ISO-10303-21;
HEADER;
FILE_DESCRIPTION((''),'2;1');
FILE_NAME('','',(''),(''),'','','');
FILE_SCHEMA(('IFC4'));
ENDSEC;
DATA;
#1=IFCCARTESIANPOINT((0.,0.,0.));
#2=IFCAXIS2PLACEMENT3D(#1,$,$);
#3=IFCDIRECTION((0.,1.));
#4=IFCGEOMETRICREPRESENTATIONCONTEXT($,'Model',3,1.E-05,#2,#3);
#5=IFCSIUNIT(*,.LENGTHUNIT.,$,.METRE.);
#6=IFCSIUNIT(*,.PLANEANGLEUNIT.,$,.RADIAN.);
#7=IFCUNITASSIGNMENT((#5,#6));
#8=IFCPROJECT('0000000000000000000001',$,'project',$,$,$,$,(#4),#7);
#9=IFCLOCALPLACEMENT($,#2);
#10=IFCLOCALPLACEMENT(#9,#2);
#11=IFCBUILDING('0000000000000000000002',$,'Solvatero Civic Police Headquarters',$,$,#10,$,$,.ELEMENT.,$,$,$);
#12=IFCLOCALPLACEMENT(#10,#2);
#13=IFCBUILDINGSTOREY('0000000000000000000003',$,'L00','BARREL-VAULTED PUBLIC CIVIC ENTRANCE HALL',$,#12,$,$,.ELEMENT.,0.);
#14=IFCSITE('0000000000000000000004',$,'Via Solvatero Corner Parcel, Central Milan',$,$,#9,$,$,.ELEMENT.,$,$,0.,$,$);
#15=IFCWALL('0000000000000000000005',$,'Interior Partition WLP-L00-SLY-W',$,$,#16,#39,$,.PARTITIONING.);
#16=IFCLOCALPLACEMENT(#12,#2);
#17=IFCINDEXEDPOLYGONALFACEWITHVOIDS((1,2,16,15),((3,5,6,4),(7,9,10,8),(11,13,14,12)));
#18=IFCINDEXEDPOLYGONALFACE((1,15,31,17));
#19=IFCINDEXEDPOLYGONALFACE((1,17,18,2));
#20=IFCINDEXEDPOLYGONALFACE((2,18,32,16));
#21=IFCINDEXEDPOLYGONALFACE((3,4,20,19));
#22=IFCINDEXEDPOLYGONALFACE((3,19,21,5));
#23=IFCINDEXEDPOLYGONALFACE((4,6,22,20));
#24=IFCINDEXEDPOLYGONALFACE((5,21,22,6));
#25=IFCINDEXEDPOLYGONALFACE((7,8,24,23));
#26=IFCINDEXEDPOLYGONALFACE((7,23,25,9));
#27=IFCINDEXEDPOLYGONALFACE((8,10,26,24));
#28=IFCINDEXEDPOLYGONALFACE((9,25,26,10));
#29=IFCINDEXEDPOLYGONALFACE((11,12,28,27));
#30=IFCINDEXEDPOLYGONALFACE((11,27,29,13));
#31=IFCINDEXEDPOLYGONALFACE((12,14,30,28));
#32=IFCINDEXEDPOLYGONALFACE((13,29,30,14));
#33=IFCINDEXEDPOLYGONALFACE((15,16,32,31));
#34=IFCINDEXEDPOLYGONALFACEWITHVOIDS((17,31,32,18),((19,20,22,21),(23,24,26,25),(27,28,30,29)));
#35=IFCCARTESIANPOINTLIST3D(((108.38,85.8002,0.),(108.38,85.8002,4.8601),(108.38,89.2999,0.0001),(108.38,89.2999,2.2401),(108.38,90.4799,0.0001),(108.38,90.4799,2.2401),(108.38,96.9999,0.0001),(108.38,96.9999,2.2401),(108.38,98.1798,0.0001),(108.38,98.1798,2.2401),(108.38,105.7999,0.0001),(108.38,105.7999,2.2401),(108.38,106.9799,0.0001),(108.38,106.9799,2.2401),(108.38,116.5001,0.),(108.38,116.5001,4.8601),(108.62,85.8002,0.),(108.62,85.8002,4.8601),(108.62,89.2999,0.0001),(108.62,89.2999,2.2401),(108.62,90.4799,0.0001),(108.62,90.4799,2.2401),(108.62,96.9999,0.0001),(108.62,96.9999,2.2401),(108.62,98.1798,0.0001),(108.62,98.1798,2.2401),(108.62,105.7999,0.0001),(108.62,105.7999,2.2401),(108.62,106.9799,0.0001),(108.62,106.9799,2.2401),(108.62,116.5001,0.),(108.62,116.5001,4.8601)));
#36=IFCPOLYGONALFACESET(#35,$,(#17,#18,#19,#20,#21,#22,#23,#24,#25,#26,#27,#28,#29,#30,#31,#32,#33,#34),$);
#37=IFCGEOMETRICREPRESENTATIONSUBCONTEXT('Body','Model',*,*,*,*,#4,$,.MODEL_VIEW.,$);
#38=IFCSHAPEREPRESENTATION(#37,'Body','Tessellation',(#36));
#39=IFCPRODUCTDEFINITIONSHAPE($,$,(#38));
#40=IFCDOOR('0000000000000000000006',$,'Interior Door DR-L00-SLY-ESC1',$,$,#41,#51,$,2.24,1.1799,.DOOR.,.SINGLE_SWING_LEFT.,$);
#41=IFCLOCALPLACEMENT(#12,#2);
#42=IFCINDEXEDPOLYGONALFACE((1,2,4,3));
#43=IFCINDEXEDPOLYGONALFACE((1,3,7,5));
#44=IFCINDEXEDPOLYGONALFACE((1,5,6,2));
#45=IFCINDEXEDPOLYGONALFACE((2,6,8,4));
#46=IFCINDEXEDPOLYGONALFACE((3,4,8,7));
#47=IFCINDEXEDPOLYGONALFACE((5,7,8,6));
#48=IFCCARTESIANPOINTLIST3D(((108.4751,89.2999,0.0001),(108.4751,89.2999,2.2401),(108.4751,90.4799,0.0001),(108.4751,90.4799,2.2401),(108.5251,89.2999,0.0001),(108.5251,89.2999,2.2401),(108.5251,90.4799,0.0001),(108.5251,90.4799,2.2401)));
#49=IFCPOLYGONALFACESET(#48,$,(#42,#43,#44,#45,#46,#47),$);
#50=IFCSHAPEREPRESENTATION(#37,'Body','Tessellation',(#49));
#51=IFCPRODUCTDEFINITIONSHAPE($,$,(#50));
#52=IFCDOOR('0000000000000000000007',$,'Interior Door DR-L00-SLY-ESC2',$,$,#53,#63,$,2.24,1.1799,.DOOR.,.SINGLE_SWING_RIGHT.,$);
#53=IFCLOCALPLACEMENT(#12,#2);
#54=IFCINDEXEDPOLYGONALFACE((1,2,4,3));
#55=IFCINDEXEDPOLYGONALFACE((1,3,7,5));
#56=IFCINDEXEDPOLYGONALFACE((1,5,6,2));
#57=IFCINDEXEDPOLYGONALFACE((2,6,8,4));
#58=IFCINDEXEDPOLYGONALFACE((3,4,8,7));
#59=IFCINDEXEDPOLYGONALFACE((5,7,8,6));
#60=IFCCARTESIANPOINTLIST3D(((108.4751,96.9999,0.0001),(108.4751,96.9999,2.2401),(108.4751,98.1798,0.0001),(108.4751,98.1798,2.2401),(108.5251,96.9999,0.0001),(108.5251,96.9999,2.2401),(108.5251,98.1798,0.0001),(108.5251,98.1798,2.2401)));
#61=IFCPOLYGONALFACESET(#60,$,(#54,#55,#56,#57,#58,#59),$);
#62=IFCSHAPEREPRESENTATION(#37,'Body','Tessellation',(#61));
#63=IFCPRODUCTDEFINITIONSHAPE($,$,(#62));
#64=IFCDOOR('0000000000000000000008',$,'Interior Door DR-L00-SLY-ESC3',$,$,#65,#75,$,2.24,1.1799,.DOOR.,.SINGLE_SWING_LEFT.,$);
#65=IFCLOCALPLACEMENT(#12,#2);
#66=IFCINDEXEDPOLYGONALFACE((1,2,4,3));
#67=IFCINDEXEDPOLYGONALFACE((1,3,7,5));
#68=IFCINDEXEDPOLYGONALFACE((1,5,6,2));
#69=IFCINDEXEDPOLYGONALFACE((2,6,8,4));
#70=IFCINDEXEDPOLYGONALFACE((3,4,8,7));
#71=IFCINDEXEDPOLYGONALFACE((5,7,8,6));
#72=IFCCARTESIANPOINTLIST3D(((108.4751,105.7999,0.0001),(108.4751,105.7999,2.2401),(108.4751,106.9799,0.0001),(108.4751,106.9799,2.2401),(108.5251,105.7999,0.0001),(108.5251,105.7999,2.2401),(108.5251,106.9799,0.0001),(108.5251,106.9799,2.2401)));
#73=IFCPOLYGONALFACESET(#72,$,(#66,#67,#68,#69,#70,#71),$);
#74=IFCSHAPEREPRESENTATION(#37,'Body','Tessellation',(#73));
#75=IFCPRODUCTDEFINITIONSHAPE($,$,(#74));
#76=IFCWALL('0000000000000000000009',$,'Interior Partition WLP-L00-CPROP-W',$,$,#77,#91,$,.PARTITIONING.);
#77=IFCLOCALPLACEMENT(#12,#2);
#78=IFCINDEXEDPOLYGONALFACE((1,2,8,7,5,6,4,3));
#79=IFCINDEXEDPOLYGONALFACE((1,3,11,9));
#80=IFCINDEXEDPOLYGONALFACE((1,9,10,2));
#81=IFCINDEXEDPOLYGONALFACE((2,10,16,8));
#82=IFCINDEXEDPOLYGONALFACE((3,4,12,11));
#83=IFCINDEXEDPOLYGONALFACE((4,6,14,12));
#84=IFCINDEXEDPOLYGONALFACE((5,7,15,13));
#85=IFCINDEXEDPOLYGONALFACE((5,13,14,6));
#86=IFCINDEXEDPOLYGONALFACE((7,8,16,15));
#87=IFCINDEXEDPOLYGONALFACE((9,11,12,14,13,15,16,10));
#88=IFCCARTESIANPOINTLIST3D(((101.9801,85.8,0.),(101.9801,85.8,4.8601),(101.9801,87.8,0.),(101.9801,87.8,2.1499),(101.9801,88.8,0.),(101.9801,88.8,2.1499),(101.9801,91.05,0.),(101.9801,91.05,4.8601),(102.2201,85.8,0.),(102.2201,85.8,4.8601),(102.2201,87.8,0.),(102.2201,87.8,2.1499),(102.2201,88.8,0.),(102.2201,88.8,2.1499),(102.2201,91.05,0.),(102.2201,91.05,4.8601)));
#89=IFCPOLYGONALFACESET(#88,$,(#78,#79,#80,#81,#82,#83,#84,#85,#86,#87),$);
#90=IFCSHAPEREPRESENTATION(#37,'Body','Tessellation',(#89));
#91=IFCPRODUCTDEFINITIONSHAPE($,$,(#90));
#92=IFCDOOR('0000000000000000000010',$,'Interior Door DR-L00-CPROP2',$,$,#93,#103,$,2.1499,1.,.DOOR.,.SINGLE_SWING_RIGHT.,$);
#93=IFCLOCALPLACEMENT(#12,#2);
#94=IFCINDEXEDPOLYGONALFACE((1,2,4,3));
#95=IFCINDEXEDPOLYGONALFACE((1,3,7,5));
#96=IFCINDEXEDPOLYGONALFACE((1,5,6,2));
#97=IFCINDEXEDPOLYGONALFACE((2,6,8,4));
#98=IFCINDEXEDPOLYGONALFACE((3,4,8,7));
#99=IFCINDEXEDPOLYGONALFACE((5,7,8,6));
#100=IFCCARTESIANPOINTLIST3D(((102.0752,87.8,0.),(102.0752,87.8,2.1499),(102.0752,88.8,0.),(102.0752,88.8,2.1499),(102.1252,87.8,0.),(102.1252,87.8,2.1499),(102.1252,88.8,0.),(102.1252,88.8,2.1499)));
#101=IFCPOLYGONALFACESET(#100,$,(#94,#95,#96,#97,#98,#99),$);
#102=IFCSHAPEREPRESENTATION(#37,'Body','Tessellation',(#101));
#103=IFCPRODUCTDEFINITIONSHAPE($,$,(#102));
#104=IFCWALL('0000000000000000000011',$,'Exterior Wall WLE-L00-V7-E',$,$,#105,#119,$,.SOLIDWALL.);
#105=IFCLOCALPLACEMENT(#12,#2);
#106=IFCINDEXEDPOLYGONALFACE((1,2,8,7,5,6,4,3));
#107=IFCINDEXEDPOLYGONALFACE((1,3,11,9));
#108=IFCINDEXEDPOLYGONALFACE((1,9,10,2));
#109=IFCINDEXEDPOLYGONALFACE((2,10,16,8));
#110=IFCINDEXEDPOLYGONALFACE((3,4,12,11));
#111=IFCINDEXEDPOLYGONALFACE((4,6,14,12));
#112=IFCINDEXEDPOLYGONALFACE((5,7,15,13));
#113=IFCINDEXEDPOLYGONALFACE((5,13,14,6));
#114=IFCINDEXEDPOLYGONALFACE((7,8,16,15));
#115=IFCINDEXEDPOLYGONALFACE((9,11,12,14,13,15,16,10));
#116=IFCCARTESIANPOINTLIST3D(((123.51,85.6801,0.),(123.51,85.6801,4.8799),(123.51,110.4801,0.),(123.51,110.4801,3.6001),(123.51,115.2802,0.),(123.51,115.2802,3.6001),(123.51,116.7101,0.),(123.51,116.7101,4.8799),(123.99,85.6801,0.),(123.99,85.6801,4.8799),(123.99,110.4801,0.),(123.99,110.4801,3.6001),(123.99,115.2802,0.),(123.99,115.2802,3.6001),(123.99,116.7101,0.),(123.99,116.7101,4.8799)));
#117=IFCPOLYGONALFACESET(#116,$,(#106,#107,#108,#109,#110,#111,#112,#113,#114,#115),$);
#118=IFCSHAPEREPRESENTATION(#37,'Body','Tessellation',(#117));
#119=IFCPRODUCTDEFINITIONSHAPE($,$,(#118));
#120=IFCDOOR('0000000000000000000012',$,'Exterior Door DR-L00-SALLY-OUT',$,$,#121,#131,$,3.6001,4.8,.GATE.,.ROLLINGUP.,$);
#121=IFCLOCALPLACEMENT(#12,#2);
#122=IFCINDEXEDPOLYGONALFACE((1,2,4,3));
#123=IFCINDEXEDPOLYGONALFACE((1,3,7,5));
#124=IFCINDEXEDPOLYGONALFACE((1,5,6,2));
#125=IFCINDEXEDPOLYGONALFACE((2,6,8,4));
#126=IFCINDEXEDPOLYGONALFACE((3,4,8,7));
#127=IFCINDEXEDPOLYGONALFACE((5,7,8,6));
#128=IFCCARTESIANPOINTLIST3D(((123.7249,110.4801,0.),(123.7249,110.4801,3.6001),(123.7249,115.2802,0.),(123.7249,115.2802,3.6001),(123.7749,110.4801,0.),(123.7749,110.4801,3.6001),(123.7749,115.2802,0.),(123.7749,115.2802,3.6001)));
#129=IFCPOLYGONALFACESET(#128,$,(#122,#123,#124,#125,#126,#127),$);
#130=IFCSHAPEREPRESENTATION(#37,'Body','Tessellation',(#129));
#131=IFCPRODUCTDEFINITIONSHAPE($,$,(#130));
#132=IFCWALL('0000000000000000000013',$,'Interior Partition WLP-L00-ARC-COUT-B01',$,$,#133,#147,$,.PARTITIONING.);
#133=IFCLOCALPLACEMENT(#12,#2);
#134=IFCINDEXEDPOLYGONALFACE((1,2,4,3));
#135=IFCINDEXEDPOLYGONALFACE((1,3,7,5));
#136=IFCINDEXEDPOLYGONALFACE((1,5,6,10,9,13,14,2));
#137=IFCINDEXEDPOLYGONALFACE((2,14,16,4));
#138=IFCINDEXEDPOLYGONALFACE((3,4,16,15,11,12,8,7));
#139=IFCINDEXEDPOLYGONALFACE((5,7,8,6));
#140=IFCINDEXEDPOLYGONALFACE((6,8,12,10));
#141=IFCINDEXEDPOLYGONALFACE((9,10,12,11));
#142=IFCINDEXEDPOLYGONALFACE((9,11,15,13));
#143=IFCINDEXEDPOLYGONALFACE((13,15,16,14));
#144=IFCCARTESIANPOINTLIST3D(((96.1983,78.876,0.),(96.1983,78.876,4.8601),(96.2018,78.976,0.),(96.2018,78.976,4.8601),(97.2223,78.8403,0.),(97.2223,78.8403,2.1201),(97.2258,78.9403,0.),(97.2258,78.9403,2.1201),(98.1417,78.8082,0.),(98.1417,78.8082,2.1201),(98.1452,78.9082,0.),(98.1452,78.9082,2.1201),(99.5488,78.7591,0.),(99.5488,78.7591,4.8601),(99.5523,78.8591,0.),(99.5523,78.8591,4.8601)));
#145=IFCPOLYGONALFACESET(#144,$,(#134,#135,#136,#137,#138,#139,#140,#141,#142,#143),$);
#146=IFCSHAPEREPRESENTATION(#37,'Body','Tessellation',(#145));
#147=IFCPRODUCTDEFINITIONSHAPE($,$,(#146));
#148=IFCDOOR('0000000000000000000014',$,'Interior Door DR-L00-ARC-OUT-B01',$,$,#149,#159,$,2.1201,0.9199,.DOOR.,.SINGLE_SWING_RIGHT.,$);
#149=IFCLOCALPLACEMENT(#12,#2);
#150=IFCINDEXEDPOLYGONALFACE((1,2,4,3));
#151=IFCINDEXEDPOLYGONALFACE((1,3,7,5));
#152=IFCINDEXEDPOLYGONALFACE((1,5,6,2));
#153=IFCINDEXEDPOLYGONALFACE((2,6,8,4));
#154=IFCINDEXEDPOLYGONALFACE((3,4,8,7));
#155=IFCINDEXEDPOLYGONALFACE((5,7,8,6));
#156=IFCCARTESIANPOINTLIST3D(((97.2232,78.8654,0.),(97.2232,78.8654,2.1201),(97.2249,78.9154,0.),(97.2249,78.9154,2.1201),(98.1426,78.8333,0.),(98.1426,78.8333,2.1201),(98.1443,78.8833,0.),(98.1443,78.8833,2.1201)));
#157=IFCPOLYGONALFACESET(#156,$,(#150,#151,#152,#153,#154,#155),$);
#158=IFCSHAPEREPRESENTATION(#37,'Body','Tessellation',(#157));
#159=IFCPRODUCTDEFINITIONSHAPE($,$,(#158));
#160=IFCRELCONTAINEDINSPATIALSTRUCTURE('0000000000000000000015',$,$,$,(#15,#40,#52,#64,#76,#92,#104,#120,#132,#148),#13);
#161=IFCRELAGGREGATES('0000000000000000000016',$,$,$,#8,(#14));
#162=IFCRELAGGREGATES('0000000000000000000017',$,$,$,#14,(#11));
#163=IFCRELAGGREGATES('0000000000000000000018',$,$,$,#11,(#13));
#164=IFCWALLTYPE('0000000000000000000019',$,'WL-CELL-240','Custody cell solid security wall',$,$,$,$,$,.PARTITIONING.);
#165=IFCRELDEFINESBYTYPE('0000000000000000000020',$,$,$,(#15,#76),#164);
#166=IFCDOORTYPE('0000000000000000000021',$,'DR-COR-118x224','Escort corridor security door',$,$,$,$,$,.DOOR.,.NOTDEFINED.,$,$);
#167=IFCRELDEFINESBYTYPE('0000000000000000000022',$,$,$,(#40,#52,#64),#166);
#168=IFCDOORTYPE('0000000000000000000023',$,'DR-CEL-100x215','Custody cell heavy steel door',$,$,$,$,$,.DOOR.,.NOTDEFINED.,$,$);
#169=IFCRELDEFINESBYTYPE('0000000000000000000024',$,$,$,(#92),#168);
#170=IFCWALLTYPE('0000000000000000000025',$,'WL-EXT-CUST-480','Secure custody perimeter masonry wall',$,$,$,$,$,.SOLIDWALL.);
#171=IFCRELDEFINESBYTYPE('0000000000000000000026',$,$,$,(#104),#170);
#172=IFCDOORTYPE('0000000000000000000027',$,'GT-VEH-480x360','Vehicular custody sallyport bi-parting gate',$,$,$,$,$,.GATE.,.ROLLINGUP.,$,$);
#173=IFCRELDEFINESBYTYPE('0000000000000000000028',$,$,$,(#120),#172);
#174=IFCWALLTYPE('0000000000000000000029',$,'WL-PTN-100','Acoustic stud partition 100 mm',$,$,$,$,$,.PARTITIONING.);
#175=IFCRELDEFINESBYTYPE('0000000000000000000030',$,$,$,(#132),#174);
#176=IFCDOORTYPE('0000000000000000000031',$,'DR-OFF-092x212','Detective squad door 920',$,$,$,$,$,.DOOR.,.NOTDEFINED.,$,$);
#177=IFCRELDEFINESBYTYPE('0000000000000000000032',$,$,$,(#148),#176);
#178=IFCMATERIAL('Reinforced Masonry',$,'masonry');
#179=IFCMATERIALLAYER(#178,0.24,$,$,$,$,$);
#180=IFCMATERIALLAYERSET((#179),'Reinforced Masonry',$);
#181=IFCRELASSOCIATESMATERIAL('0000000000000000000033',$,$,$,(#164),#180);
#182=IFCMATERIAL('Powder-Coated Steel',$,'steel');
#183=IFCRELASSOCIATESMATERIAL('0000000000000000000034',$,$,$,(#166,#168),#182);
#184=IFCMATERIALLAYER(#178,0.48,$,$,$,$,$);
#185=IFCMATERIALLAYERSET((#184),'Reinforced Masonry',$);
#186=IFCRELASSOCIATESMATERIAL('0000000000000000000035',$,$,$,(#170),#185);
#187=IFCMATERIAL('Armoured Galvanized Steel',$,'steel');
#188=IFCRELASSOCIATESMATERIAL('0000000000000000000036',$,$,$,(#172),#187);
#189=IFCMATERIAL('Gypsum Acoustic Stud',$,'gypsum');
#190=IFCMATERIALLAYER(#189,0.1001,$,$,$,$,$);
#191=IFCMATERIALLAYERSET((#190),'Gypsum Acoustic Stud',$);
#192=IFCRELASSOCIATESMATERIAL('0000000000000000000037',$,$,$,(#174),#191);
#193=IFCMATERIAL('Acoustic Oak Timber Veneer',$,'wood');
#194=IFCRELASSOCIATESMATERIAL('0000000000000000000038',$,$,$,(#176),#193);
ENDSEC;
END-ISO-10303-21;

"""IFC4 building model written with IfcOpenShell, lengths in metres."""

from ifc_helpers import new_model, si_unit, direction, frame, frame_2d, origin, place, context, subcontext, project, spatial, rectangle, extrude, material, layer, layer_set, type_object, element, fill, save


model = new_model("IFC4")

# Units and contexts
model_context = context("Model", 3, precision=1e-05, world=origin(), true_north=direction((0.0, 1.0)))
body_context = subcontext(model_context, "Body", "Model", "MODEL_VIEW")
ifc_project = project(units=[si_unit("LENGTHUNIT", "METRE"), si_unit("PLANEANGLEUNIT", "RADIAN")], contexts=[model_context])

# Site, building, storey
site_placement = place(None, origin())
site = spatial("IfcSite", under=ifc_project, at=site_placement, Name="Via Solvatero Corner Parcel, Central Milan", CompositionType="ELEMENT", RefElevation=0.0)
building_placement = place(site_placement, origin())
building = spatial("IfcBuilding", under=site, at=building_placement, Name="Solvatero Civic Police Headquarters", CompositionType="ELEMENT")
storey_placement = place(building_placement, origin())
storey = spatial("IfcBuildingStorey", under=building, at=storey_placement, Name="L00", Description="BARREL-VAULTED PUBLIC CIVIC ENTRANCE HALL", CompositionType="ELEMENT", Elevation=0.0)

# Wall, openings, doors
ifc_material_1 = material(Name="Reinforced Masonry", Category="masonry")
ifc_layer_1 = layer(ifc_material_1, 0.24)
ifc_layer_set_1 = layer_set([ifc_layer_1], Name="Reinforced Masonry")
wall_type_1 = type_object("IfcWallType", Name="WL-CELL-240", Description="Custody cell solid security wall", PredefinedType="PARTITIONING", material=ifc_layer_set_1)
wall_1_placement = place(storey_placement, frame((108.5, 85.8, 0.0), z_axis=(0.0, 0.0, 1.0), x_axis=(0.0, 1.0, 0.0)))
wall_1 = element("IfcWall", 1, at=wall_1_placement, inside=storey, type_object=wall_type_1, Name="Interior Partition WLP-L00-SLY-W", PredefinedType="PARTITIONING", context=body_context, shape_type="SweptSolid", body=[
    extrude(rectangle(XDim=30.7, YDim=0.24, at=frame_2d((15.3501, 0.0))), origin(), (0.0, 0.0, 1.0), 4.8601),
])
opening_1_placement = place(wall_1_placement, frame((3.5, 0.0, 0.0)))
opening_1 = element("IfcOpeningElement", 2, at=opening_1_placement, cuts=wall_1, PredefinedType="OPENING", context=body_context, shape_type="SweptSolid", body=[
    extrude(rectangle(XDim=1.1799, YDim=2.24, at=frame_2d((0.5898, 1.1201))), frame((0.0, 0.1299, 0.0), z_axis=(0.0, -1.0, 0.0), x_axis=(1.0, 0.0, 0.0)), (0.0, 0.0, 1.0), 0.26),
])
opening_2_placement = place(wall_1_placement, frame((11.2, 0.0, 0.0)))
opening_2 = element("IfcOpeningElement", 3, at=opening_2_placement, cuts=wall_1, PredefinedType="OPENING", context=body_context, shape_type="SweptSolid", body=[
    extrude(rectangle(XDim=1.1799, YDim=2.24, at=frame_2d((0.5898, 1.1201))), frame((0.0, 0.1299, 0.0), z_axis=(0.0, -1.0, 0.0), x_axis=(1.0, 0.0, 0.0)), (0.0, 0.0, 1.0), 0.26),
])
opening_3_placement = place(wall_1_placement, frame((20.0, 0.0, 0.0)))
opening_3 = element("IfcOpeningElement", 4, at=opening_3_placement, cuts=wall_1, PredefinedType="OPENING", context=body_context, shape_type="SweptSolid", body=[
    extrude(rectangle(XDim=1.1799, YDim=2.24, at=frame_2d((0.5898, 1.1201))), frame((0.0, 0.1299, 0.0), z_axis=(0.0, -1.0, 0.0), x_axis=(1.0, 0.0, 0.0)), (0.0, 0.0, 1.0), 0.26),
])
ifc_material_2 = material(Name="Powder-Coated Steel", Category="steel")
door_type_1 = type_object("IfcDoorType", Name="DR-COR-118x224", Description="Escort corridor security door", OperationType="NOTDEFINED", PredefinedType="DOOR", material=ifc_material_2)
door_1_placement = place(opening_1_placement, origin())
door_1 = element("IfcDoor", 5, at=door_1_placement, inside=storey, type_object=door_type_1, Name="Interior Door DR-L00-SLY-ESC1", OperationType="SINGLE_SWING_LEFT", OverallHeight=2.24, OverallWidth=1.1799, PredefinedType="DOOR", context=body_context, shape_type="SweptSolid", body=[
    extrude(rectangle(XDim=1.1799, YDim=2.24, at=frame_2d((0.5898, 1.1201))), frame((0.0, 0.0249, 0.0), z_axis=(0.0, -1.0, 0.0), x_axis=(1.0, 0.0, 0.0)), (0.0, 0.0, 1.0), 0.05),
])
fill(opening_1, door_1)
door_2_placement = place(opening_2_placement, origin())
door_2 = element("IfcDoor", 6, at=door_2_placement, inside=storey, type_object=door_type_1, Name="Interior Door DR-L00-SLY-ESC2", OperationType="SINGLE_SWING_RIGHT", OverallHeight=2.24, OverallWidth=1.1799, PredefinedType="DOOR", context=body_context, shape_type="SweptSolid", body=[
    extrude(rectangle(XDim=1.1799, YDim=2.24, at=frame_2d((0.5898, 1.1201))), frame((0.0, 0.0249, 0.0), z_axis=(0.0, -1.0, 0.0), x_axis=(1.0, 0.0, 0.0)), (0.0, 0.0, 1.0), 0.05),
])
fill(opening_2, door_2)
door_3_placement = place(opening_3_placement, origin())
door_3 = element("IfcDoor", 7, at=door_3_placement, inside=storey, type_object=door_type_1, Name="Interior Door DR-L00-SLY-ESC3", OperationType="SINGLE_SWING_LEFT", OverallHeight=2.24, OverallWidth=1.1799, PredefinedType="DOOR", context=body_context, shape_type="SweptSolid", body=[
    extrude(rectangle(XDim=1.1799, YDim=2.24, at=frame_2d((0.5898, 1.1201))), frame((0.0, 0.0249, 0.0), z_axis=(0.0, -1.0, 0.0), x_axis=(1.0, 0.0, 0.0)), (0.0, 0.0, 1.0), 0.05),
])
fill(opening_3, door_3)

# Walls, openings, doors
wall_2_placement = place(storey_placement, frame((102.1001, 85.8, 0.0), z_axis=(0.0, 0.0, 1.0), x_axis=(0.0, 1.0, 0.0)))
wall_2 = element("IfcWall", 8, at=wall_2_placement, inside=storey, type_object=wall_type_1, Name="Interior Partition WLP-L00-CPROP-W", PredefinedType="PARTITIONING", context=body_context, shape_type="SweptSolid", body=[
    extrude(rectangle(XDim=5.25, YDim=0.24, at=frame_2d((2.625, 0.0))), origin(), (0.0, 0.0, 1.0), 4.8601),
])
opening_4_placement = place(wall_2_placement, frame((2.0, 0.0, 0.0)))
opening_4 = element("IfcOpeningElement", 9, at=opening_4_placement, cuts=wall_2, PredefinedType="OPENING", context=body_context, shape_type="SweptSolid", body=[
    extrude(rectangle(XDim=1.0, YDim=2.1499, at=frame_2d((0.5, 1.075))), frame((0.0, 0.1299, 0.0), z_axis=(0.0, -1.0, 0.0), x_axis=(1.0, 0.0, 0.0)), (0.0, 0.0, 1.0), 0.26),
])
door_type_2 = type_object("IfcDoorType", Name="DR-CEL-100x215", Description="Custody cell heavy steel door", OperationType="NOTDEFINED", PredefinedType="DOOR", material=ifc_material_2)
door_4_placement = place(opening_4_placement, origin())
door_4 = element("IfcDoor", 10, at=door_4_placement, inside=storey, type_object=door_type_2, Name="Interior Door DR-L00-CPROP2", OperationType="SINGLE_SWING_RIGHT", OverallHeight=2.1499, OverallWidth=1.0, PredefinedType="DOOR", context=body_context, shape_type="SweptSolid", body=[
    extrude(rectangle(XDim=1.0, YDim=2.1499, at=frame_2d((0.5, 1.075))), frame((0.0, 0.0249, 0.0), z_axis=(0.0, -1.0, 0.0), x_axis=(1.0, 0.0, 0.0)), (0.0, 0.0, 1.0), 0.05),
])
fill(opening_4, door_4)
ifc_layer_2 = layer(ifc_material_1, 0.48)
ifc_layer_set_2 = layer_set([ifc_layer_2], Name="Reinforced Masonry")
wall_type_2 = type_object("IfcWallType", Name="WL-EXT-CUST-480", Description="Secure custody perimeter masonry wall", PredefinedType="SOLIDWALL", material=ifc_layer_set_2)
wall_3_placement = place(storey_placement, frame((123.75, 85.6799, 0.0), z_axis=(0.0, 0.0, 1.0), x_axis=(0.0, 1.0, 0.0)))
wall_3 = element("IfcWall", 11, at=wall_3_placement, inside=storey, type_object=wall_type_2, Name="Exterior Wall WLE-L00-V7-E", PredefinedType="SOLIDWALL", context=body_context, shape_type="SweptSolid", body=[
    extrude(rectangle(XDim=31.03, YDim=0.48, at=frame_2d((15.5151, 0.0))), origin(), (0.0, 0.0, 1.0), 4.8799),
])
opening_5_placement = place(wall_3_placement, frame((29.6001, 0.0, 0.0), z_axis=(0.0, 0.0, 1.0), x_axis=(-1.0, 0.0, 0.0)))
opening_5 = element("IfcOpeningElement", 12, at=opening_5_placement, cuts=wall_3, PredefinedType="OPENING", context=body_context, shape_type="SweptSolid", body=[
    extrude(rectangle(XDim=4.8, YDim=3.6001, at=frame_2d((2.3999, 1.8))), frame((0.0, 0.25, 0.0), z_axis=(0.0, -1.0, 0.0), x_axis=(1.0, 0.0, 0.0)), (0.0, 0.0, 1.0), 0.5),
])
ifc_material_3 = material(Name="Armoured Galvanized Steel", Category="steel")
door_type_3 = type_object("IfcDoorType", Name="GT-VEH-480x360", Description="Vehicular custody sallyport bi-parting gate", OperationType="ROLLINGUP", PredefinedType="GATE", material=ifc_material_3)
door_5_placement = place(opening_5_placement, origin())
door_5 = element("IfcDoor", 13, at=door_5_placement, inside=storey, type_object=door_type_3, Name="Exterior Door DR-L00-SALLY-OUT", OperationType="ROLLINGUP", OverallHeight=3.6001, OverallWidth=4.8, PredefinedType="GATE", context=body_context, shape_type="SweptSolid", body=[
    extrude(rectangle(XDim=4.8, YDim=3.6001, at=frame_2d((2.3999, 1.8))), frame((0.0, 0.0249, 0.0), z_axis=(0.0, -1.0, 0.0), x_axis=(1.0, 0.0, 0.0)), (0.0, 0.0, 1.0), 0.05),
])
fill(opening_5, door_5)
ifc_material_4 = material(Name="Gypsum Acoustic Stud", Category="gypsum")
ifc_layer_3 = layer(ifc_material_4, 0.1001)
ifc_layer_set_3 = layer_set([ifc_layer_3], Name="Gypsum Acoustic Stud")
wall_type_3 = type_object("IfcWallType", Name="WL-PTN-100", Description="Acoustic stud partition 100 mm", PredefinedType="PARTITIONING", material=ifc_layer_set_3)
wall_4_placement = place(storey_placement, frame((99.5505, 78.8091, 0.0), z_axis=(0.0, 0.0, 1.0), x_axis=(-0.999391, 0.034881, 0.0)))
wall_4 = element("IfcWall", 14, at=wall_4_placement, inside=storey, type_object=wall_type_3, Name="Interior Partition WLP-L00-ARC-COUT-B01", PredefinedType="PARTITIONING", context=body_context, shape_type="SweptSolid", body=[
    extrude(rectangle(XDim=3.3525, YDim=0.1001, at=frame_2d((1.6763, 0.0))), origin(), (0.0, 0.0, 1.0), 4.8601),
])
opening_6_placement = place(wall_4_placement, frame((1.408, 0.0, 0.0)))
opening_6 = element("IfcOpeningElement", 15, at=opening_6_placement, cuts=wall_4, PredefinedType="OPENING", context=body_context, shape_type="SweptSolid", body=[
    extrude(rectangle(XDim=0.9199, YDim=2.1201, at=frame_2d((0.46, 1.0601))), frame((0.0, 0.0601, 0.0), z_axis=(0.0, -1.0, 0.0), x_axis=(1.0, 0.0, 0.0)), (0.0, 0.0, 1.0), 0.1201),
])
ifc_material_5 = material(Name="Acoustic Oak Timber Veneer", Category="wood")
door_type_4 = type_object("IfcDoorType", Name="DR-OFF-092x212", Description="Detective squad door 920", OperationType="NOTDEFINED", PredefinedType="DOOR", material=ifc_material_5)
door_6_placement = place(opening_6_placement, origin())
door_6 = element("IfcDoor", 16, at=door_6_placement, inside=storey, type_object=door_type_4, Name="Interior Door DR-L00-ARC-OUT-B01", OperationType="SINGLE_SWING_RIGHT", OverallHeight=2.1201, OverallWidth=0.9199, PredefinedType="DOOR", context=body_context, shape_type="SweptSolid", body=[
    extrude(rectangle(XDim=0.9199, YDim=2.1201, at=frame_2d((0.46, 1.0601))), frame((0.0, 0.0249, 0.0), z_axis=(0.0, -1.0, 0.0), x_axis=(1.0, 0.0, 0.0)), (0.0, 0.0, 1.0), 0.05),
])
fill(opening_6, door_6)

save(model, "model.ifc")
